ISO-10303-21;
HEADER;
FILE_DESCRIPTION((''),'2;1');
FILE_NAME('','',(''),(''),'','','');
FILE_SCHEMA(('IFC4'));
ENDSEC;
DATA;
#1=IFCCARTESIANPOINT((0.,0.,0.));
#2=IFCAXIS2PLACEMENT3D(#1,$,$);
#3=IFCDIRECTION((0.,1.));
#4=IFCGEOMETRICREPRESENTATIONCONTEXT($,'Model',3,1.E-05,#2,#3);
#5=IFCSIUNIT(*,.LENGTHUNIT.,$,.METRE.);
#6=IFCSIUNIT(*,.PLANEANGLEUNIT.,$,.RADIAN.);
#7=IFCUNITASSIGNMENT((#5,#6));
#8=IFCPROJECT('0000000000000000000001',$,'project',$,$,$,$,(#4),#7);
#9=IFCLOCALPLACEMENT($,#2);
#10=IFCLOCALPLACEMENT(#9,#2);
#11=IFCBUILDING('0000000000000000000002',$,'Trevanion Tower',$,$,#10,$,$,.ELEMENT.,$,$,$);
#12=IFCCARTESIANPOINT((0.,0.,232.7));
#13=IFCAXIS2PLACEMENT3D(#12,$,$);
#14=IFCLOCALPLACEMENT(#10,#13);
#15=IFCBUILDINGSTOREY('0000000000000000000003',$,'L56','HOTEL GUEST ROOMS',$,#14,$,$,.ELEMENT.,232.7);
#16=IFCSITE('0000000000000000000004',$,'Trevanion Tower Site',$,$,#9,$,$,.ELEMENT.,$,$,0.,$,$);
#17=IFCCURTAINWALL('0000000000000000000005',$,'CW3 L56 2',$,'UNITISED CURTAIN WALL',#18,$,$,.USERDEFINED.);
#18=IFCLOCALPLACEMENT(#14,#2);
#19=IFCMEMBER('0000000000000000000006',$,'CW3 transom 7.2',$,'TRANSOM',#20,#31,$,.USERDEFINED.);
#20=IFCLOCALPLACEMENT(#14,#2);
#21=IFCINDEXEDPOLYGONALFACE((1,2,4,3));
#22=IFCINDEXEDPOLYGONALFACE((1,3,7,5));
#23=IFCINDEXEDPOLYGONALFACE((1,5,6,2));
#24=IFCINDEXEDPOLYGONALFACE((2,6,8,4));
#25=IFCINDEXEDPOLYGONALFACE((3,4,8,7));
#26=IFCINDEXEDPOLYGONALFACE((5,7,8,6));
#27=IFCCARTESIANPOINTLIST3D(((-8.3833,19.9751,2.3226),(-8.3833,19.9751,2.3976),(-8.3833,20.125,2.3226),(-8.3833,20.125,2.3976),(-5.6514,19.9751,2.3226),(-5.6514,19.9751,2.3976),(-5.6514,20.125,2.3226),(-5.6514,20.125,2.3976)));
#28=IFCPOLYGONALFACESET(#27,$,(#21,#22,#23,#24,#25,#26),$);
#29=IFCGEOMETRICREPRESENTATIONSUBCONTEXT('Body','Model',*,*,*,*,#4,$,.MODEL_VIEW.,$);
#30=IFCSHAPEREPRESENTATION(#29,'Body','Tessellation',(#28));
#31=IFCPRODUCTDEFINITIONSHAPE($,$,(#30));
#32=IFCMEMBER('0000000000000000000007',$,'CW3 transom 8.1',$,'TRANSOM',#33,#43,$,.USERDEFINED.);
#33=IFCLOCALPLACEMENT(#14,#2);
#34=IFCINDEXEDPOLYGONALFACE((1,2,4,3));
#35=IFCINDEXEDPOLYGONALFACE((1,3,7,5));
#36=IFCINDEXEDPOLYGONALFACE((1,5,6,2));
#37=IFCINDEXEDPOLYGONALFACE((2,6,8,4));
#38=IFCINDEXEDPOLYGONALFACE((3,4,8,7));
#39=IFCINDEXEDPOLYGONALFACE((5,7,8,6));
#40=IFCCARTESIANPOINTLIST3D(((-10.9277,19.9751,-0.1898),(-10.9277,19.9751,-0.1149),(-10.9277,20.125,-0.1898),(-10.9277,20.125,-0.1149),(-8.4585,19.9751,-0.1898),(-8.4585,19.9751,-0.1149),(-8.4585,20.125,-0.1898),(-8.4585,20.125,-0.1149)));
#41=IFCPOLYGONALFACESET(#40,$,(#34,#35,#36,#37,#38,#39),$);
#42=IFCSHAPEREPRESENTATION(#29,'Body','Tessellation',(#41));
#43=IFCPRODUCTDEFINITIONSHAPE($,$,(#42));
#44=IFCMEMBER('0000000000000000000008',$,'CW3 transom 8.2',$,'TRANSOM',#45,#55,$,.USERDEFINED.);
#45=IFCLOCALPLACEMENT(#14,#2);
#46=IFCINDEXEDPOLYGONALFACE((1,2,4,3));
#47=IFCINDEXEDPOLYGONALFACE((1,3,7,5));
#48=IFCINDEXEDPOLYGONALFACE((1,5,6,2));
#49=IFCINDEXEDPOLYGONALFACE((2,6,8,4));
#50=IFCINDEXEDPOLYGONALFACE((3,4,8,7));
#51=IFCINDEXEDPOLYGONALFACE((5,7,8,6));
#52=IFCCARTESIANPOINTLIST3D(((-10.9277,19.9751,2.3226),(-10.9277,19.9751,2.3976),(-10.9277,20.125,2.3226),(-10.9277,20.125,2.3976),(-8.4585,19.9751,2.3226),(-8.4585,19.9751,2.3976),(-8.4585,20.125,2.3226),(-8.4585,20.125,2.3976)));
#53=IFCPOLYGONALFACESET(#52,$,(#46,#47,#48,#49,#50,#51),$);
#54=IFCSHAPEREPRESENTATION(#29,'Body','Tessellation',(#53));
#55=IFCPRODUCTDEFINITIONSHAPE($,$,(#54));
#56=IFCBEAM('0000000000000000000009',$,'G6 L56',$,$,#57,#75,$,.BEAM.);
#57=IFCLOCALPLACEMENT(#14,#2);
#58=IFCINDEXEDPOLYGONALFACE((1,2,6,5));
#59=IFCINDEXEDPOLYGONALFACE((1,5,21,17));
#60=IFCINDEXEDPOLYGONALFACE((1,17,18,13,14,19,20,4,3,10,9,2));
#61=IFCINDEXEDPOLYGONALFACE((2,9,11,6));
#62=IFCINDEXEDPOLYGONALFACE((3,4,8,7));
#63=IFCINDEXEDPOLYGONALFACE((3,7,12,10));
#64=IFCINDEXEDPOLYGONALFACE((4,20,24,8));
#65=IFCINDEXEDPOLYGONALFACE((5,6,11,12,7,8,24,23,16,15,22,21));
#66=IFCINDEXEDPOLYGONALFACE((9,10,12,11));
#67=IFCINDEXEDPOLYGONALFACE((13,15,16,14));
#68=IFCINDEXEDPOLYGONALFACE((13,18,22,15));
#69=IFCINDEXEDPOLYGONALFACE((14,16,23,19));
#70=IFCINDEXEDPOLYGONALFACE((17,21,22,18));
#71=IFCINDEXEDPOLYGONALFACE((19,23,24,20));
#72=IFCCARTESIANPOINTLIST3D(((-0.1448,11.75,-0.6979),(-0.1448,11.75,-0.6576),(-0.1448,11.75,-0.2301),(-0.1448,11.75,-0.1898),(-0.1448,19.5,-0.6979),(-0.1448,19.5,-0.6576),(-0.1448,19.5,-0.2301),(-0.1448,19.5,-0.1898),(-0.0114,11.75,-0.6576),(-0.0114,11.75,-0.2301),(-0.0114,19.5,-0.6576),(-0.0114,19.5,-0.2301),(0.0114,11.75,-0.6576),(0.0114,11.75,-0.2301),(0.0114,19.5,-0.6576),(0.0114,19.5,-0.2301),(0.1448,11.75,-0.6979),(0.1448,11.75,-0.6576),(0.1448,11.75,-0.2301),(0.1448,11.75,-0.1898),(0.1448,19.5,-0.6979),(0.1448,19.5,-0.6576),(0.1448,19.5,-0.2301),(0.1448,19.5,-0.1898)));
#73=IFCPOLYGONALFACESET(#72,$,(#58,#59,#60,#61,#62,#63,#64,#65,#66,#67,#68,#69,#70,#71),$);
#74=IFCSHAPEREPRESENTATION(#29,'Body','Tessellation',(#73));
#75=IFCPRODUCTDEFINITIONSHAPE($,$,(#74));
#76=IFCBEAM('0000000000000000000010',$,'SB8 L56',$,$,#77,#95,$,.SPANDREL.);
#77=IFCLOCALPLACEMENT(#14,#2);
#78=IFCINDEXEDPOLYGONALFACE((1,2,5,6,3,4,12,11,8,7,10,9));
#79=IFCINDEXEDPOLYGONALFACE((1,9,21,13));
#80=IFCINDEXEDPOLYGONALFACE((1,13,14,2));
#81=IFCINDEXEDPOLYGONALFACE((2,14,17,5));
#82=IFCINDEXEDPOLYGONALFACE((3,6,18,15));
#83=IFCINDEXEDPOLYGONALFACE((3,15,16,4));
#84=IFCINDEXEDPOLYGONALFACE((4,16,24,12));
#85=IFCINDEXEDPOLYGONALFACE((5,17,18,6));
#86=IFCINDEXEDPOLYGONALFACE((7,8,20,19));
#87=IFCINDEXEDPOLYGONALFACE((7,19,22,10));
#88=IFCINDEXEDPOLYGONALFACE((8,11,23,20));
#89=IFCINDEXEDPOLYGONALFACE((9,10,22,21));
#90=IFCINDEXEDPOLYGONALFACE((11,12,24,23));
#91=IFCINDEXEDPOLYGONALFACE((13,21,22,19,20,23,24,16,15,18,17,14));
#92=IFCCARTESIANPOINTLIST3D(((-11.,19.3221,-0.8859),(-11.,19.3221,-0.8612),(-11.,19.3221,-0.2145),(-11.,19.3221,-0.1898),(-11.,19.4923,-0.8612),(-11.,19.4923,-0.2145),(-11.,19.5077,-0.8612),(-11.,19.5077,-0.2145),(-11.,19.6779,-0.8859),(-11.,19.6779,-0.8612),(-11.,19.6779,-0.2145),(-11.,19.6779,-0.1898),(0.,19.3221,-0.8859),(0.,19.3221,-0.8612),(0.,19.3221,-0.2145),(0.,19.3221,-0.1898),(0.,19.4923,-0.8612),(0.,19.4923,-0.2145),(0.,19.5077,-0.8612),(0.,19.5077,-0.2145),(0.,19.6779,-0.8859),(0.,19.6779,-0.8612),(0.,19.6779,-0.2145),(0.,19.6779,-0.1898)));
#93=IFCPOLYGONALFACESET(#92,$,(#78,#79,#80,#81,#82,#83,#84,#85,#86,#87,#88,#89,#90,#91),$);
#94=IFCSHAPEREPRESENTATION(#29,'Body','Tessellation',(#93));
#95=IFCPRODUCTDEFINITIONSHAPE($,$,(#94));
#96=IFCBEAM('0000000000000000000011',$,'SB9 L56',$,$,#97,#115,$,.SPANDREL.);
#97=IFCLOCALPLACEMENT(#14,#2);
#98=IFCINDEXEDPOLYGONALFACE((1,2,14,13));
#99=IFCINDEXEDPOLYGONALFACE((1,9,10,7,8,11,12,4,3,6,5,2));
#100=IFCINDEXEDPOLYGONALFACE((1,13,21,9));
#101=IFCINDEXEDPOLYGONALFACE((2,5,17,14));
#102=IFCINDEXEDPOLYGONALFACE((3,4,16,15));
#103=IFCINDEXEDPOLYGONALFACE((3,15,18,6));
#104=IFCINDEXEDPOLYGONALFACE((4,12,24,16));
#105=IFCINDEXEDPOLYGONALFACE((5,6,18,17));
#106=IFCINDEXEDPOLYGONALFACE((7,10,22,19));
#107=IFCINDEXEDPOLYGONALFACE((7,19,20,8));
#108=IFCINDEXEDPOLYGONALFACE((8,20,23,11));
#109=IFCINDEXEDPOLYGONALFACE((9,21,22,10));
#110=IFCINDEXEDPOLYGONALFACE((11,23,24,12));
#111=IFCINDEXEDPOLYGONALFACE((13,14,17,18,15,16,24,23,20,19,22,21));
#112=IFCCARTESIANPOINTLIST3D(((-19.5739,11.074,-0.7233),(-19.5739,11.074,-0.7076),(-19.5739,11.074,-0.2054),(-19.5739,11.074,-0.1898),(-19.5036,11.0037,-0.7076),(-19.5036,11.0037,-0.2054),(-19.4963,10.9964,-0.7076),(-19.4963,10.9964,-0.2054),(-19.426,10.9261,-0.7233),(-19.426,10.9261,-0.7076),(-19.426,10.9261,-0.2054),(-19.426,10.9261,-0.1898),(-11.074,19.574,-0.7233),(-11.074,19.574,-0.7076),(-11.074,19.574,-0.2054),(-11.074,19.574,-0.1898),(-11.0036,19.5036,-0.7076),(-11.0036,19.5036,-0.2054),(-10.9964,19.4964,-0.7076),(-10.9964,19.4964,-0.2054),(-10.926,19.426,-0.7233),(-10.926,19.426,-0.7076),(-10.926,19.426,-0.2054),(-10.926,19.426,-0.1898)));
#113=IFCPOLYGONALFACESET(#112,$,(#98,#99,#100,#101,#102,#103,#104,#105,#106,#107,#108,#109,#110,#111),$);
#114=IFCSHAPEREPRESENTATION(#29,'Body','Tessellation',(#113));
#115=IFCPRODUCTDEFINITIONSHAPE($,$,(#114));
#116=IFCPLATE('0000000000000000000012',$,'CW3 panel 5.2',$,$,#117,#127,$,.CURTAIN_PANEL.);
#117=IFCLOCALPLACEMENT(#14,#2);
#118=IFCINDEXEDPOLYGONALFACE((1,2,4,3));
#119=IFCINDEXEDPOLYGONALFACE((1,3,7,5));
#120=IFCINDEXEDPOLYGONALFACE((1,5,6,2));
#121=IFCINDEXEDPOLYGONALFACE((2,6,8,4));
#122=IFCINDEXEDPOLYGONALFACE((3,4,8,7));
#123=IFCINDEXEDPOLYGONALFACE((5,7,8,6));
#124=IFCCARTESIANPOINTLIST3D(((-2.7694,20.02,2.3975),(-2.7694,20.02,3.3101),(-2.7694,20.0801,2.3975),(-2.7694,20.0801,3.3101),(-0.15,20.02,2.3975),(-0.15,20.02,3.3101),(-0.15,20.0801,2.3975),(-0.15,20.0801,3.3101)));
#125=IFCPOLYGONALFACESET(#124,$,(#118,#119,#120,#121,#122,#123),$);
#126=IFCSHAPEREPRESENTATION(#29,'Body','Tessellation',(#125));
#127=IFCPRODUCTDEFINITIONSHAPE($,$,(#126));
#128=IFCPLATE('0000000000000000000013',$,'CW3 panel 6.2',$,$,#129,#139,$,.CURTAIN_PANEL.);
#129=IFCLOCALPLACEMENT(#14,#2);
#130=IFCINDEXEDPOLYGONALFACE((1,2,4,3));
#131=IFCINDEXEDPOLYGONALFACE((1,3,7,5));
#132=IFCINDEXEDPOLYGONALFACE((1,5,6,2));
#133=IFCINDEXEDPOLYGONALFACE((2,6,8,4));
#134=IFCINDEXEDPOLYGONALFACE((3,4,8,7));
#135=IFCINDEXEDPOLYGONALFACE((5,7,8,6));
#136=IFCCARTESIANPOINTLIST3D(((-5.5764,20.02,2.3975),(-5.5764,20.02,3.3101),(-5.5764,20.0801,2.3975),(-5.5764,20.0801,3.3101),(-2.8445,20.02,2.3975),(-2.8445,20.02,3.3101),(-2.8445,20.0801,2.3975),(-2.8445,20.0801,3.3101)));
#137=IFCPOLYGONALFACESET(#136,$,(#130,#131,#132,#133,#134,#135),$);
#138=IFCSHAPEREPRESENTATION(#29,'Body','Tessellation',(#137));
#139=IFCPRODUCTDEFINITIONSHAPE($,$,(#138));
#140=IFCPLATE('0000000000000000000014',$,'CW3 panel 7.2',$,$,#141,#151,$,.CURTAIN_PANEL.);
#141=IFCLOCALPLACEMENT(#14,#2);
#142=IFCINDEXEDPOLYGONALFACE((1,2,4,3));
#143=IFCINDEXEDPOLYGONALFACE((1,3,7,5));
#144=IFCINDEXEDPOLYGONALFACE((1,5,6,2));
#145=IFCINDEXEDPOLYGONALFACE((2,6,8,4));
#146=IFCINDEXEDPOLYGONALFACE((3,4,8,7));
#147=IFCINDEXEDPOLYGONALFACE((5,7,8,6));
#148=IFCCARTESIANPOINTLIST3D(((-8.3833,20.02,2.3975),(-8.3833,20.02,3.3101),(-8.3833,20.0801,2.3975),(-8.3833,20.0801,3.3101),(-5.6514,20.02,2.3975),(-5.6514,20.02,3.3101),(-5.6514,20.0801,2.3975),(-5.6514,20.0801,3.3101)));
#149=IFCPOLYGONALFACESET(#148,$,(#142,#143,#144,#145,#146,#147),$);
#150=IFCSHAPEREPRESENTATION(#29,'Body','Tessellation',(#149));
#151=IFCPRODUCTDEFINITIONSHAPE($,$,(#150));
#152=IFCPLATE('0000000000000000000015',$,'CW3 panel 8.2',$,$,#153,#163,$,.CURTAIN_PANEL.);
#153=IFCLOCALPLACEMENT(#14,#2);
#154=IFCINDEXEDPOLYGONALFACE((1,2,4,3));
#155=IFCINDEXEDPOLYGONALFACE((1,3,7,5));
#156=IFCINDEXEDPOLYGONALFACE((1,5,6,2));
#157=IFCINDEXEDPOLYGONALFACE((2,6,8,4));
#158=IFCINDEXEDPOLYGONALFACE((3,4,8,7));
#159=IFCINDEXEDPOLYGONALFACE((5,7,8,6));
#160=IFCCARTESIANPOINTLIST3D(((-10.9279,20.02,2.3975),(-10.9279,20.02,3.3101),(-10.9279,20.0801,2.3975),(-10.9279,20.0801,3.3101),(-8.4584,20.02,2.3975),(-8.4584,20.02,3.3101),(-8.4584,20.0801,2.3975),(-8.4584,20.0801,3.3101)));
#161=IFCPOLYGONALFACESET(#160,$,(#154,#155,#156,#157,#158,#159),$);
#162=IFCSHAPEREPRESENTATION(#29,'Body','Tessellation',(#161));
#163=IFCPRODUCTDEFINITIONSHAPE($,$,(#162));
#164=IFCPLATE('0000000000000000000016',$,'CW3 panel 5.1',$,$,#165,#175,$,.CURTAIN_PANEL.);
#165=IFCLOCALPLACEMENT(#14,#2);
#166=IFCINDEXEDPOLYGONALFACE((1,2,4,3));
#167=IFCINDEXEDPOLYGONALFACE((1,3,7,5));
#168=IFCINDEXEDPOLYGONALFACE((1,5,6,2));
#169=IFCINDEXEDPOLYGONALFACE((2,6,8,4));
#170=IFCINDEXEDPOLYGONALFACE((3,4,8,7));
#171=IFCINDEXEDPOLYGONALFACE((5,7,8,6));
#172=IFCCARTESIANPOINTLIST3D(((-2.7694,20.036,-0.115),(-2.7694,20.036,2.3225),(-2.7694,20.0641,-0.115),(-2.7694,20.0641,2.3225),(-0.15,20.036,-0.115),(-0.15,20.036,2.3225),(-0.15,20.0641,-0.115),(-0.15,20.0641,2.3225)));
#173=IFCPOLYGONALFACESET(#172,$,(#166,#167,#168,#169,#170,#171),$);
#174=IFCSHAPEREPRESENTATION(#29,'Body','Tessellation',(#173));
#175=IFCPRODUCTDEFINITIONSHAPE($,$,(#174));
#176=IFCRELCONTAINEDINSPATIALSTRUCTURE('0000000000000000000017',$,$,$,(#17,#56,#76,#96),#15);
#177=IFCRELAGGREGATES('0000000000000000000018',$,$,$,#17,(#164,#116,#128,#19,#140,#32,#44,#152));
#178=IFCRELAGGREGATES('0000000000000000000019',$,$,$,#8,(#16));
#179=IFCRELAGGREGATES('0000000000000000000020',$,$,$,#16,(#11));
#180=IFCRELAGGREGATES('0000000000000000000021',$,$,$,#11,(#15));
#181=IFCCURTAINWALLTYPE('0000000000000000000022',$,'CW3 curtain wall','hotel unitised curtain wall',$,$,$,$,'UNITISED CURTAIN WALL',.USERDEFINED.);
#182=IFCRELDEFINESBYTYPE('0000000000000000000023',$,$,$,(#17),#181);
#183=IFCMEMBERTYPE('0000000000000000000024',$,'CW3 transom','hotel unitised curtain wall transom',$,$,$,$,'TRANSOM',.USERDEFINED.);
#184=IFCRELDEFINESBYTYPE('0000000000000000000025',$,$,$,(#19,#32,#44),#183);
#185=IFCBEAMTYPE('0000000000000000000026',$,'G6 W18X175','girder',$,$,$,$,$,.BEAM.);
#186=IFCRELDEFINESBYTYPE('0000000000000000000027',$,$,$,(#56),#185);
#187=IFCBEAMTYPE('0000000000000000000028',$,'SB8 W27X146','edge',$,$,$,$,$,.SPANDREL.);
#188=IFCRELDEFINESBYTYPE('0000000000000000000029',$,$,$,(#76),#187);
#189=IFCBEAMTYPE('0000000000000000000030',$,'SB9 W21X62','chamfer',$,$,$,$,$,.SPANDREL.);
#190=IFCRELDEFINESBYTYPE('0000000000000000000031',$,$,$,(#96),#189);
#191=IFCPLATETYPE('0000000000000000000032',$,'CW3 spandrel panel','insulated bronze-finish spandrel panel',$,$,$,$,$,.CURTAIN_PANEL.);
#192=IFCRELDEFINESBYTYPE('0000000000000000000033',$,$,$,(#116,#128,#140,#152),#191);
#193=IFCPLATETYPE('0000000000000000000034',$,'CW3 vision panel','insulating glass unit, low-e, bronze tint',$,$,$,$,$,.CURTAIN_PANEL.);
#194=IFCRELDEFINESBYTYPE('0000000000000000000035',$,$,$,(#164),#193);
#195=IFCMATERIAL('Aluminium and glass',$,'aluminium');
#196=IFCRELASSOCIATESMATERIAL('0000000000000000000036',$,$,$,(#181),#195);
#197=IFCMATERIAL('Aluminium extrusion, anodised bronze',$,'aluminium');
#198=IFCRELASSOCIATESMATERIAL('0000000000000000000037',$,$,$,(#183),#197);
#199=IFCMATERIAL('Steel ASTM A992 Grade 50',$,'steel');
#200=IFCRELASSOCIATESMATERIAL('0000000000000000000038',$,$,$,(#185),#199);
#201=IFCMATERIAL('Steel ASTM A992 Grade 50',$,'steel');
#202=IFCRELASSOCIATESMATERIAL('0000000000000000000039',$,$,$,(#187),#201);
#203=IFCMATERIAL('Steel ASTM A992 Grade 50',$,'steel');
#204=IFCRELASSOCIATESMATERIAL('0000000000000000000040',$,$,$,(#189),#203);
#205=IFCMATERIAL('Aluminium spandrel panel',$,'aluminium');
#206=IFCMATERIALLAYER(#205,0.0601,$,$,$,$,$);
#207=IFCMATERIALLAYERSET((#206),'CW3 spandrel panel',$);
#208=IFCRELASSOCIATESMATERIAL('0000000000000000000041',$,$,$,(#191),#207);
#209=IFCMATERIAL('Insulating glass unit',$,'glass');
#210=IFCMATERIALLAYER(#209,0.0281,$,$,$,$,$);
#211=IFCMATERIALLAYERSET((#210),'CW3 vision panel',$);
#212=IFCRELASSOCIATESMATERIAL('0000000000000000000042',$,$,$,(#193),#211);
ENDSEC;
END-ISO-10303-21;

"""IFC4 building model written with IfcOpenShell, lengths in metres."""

from ifc_helpers import new_model, si_unit, direction, frame, origin, origin_2d, place, context, subcontext, project, spatial, rectangle, i_section, extrude, material, layer, layer_set, material_profile, profile_set, type_object, element, aggregate, save


model = new_model("IFC4")

# Units and contexts
model_context = context("Model", 3, precision=1e-05, world=origin(), true_north=direction((0.0, 1.0)))
body_context = subcontext(model_context, "Body", "Model", "MODEL_VIEW")
ifc_project = project(units=[si_unit("LENGTHUNIT", "METRE"), si_unit("PLANEANGLEUNIT", "RADIAN")], contexts=[model_context])

# Site, building, storey
site_placement = place(None, origin())
site = spatial("IfcSite", under=ifc_project, at=site_placement, Name="Trevanion Tower Site", CompositionType="ELEMENT", RefElevation=0.0)
building_placement = place(site_placement, origin())
building = spatial("IfcBuilding", under=site, at=building_placement, Name="Trevanion Tower", CompositionType="ELEMENT")
storey_placement = place(building_placement, frame((0.0, 0.0, 232.7)))
storey = spatial("IfcBuildingStorey", under=building, at=storey_placement, Name="L56", Description="HOTEL GUEST ROOMS", CompositionType="ELEMENT", Elevation=232.7)

# Curtain wall, members
ifc_material_1 = material(Name="Aluminium and glass", Category="aluminium")
curtain_wall_type = type_object("IfcCurtainWallType", Name="CW3 curtain wall", Description="hotel unitised curtain wall", ElementType="UNITISED CURTAIN WALL", PredefinedType="USERDEFINED", material=ifc_material_1)
curtain_wall_placement = place(storey_placement, origin())
curtain_wall = element("IfcCurtainWall", 1, at=curtain_wall_placement, inside=storey, type_object=curtain_wall_type, Name="CW3 L56 2", ObjectType="UNITISED CURTAIN WALL", PredefinedType="USERDEFINED")
ifc_material_2 = material(Name="Aluminium extrusion, anodised bronze", Category="aluminium")
ifc_material_profile_1 = material_profile(ifc_material_2, rectangle(XDim=0.1499, YDim=0.075, at=origin_2d()), Name="CW3 transom")
ifc_profile_set_1 = profile_set([ifc_material_profile_1], Name="Aluminium extrusion, anodised bronze")
member_type_1 = type_object("IfcMemberType", Name="CW3 transom", Description="hotel unitised curtain wall transom", ElementType="TRANSOM", PredefinedType="USERDEFINED", material=ifc_profile_set_1)
member_1_placement = place(storey_placement, frame((-5.6514, 20.05, 2.3601), z_axis=(-1.0, 0.0, 0.0), x_axis=(0.0, -1.0, 0.0)))
member_1 = element("IfcMember", 2, at=member_1_placement, type_object=member_type_1, Name="CW3 transom 7.2", ObjectType="TRANSOM", PredefinedType="USERDEFINED", context=body_context, shape_type="SweptSolid", body=[
    extrude(rectangle(XDim=0.1499, YDim=0.075, at=origin_2d()), origin(), (0.0, 0.0, 1.0), 2.7319),
])
member_2_placement = place(storey_placement, frame((-8.4585, 20.05, -0.1523), z_axis=(-1.0, 0.0, 0.0), x_axis=(0.0, -1.0, 0.0)))
member_2 = element("IfcMember", 3, at=member_2_placement, type_object=member_type_1, Name="CW3 transom 8.1", ObjectType="TRANSOM", PredefinedType="USERDEFINED", context=body_context, shape_type="SweptSolid", body=[
    extrude(rectangle(XDim=0.1499, YDim=0.075, at=origin_2d()), origin(), (0.0, 0.0, 1.0), 2.4692),
])
member_3_placement = place(storey_placement, frame((-8.4585, 20.05, 2.3601), z_axis=(-1.0, 0.0, 0.0), x_axis=(0.0, -1.0, 0.0)))
member_3 = element("IfcMember", 4, at=member_3_placement, type_object=member_type_1, Name="CW3 transom 8.2", ObjectType="TRANSOM", PredefinedType="USERDEFINED", context=body_context, shape_type="SweptSolid", body=[
    extrude(rectangle(XDim=0.1499, YDim=0.075, at=origin_2d()), origin(), (0.0, 0.0, 1.0), 2.4692),
])

# Beams
ifc_material_3 = material(Name="Steel ASTM A992 Grade 50", Category="steel")
ifc_material_profile_2 = material_profile(ifc_material_3, i_section(OverallWidth=0.2896, OverallDepth=0.5081, WebThickness=0.0227, FlangeThickness=0.0403, at=origin_2d()), Name="W18X175")
ifc_profile_set_2 = profile_set([ifc_material_profile_2], Name="Steel ASTM A992 Grade 50")
beam_type_1 = type_object("IfcBeamType", Name="G6 W18X175", Description="girder", PredefinedType="BEAM", material=ifc_profile_set_2)
beam_1_placement = place(storey_placement, frame((0.0, 11.75, -0.4438), z_axis=(0.0, 1.0, 0.0), x_axis=(-1.0, 0.0, 0.0)))
element("IfcBeam", 5, at=beam_1_placement, inside=storey, type_object=beam_type_1, Name="G6 L56", PredefinedType="BEAM", context=body_context, shape_type="SweptSolid", body=[
    extrude(i_section(OverallWidth=0.2896, OverallDepth=0.5081, WebThickness=0.0227, FlangeThickness=0.0403, at=origin_2d()), origin(), (0.0, 0.0, 1.0), 7.75),
])
ifc_material_4 = material(Name="Steel ASTM A992 Grade 50", Category="steel")
ifc_material_profile_3 = material_profile(ifc_material_4, i_section(OverallWidth=0.3557, OverallDepth=0.696, WebThickness=0.0154, FlangeThickness=0.0247, at=origin_2d()), Name="W27X146")
ifc_profile_set_3 = profile_set([ifc_material_profile_3], Name="Steel ASTM A992 Grade 50")
beam_type_2 = type_object("IfcBeamType", Name="SB8 W27X146", Description="edge", PredefinedType="SPANDREL", material=ifc_profile_set_3)
beam_2_placement = place(storey_placement, frame((0.0, 19.5, -0.5378), z_axis=(-1.0, 0.0, 0.0), x_axis=(0.0, -1.0, 0.0)))
element("IfcBeam", 6, at=beam_2_placement, inside=storey, type_object=beam_type_2, Name="SB8 L56", PredefinedType="SPANDREL", context=body_context, shape_type="SweptSolid", body=[
    extrude(i_section(OverallWidth=0.3557, OverallDepth=0.696, WebThickness=0.0154, FlangeThickness=0.0247, at=origin_2d()), origin(), (0.0, 0.0, 1.0), 11.0),
])
ifc_material_5 = material(Name="Steel ASTM A992 Grade 50", Category="steel")
ifc_material_profile_4 = material_profile(ifc_material_5, i_section(OverallWidth=0.2092, OverallDepth=0.5334, WebThickness=0.0103, FlangeThickness=0.0156, at=origin_2d()), Name="W21X62")
ifc_profile_set_4 = profile_set([ifc_material_profile_4], Name="Steel ASTM A992 Grade 50")
beam_type_3 = type_object("IfcBeamType", Name="SB9 W21X62", Description="chamfer", PredefinedType="SPANDREL", material=ifc_profile_set_4)
beam_3_placement = place(storey_placement, frame((-11.0, 19.5, -0.4565), z_axis=(-0.707107, -0.707107, 0.0), x_axis=(0.707107, -0.707107, 0.0)))
element("IfcBeam", 7, at=beam_3_placement, inside=storey, type_object=beam_type_3, Name="SB9 L56", PredefinedType="SPANDREL", context=body_context, shape_type="SweptSolid", body=[
    extrude(i_section(OverallWidth=0.2092, OverallDepth=0.5334, WebThickness=0.0103, FlangeThickness=0.0156, at=origin_2d()), origin(), (0.0, 0.0, 1.0), 12.0208),
])

# Plates
ifc_material_6 = material(Name="Aluminium spandrel panel", Category="aluminium")
ifc_layer_1 = layer(ifc_material_6, 0.0601)
ifc_layer_set_1 = layer_set([ifc_layer_1], Name="CW3 spandrel panel")
plate_type_1 = type_object("IfcPlateType", Name="CW3 spandrel panel", Description="insulated bronze-finish spandrel panel", PredefinedType="CURTAIN_PANEL", material=ifc_layer_set_1)
plate_1_placement = place(storey_placement, frame((-1.4597, 20.05, 2.3975), z_axis=(0.0, 0.0, 1.0), x_axis=(-1.0, 0.0, 0.0)))
plate_1 = element("IfcPlate", 8, at=plate_1_placement, type_object=plate_type_1, Name="CW3 panel 5.2", PredefinedType="CURTAIN_PANEL", context=body_context, shape_type="SweptSolid", body=[
    extrude(rectangle(XDim=2.6194, YDim=0.0601, at=origin_2d()), origin(), (0.0, 0.0, 1.0), 0.9126),
])
plate_2_placement = place(storey_placement, frame((-4.2104, 20.05, 2.3975), z_axis=(0.0, 0.0, 1.0), x_axis=(-1.0, 0.0, 0.0)))
plate_2 = element("IfcPlate", 9, at=plate_2_placement, type_object=plate_type_1, Name="CW3 panel 6.2", PredefinedType="CURTAIN_PANEL", context=body_context, shape_type="SweptSolid", body=[
    extrude(rectangle(XDim=2.7319, YDim=0.0601, at=origin_2d()), origin(), (0.0, 0.0, 1.0), 0.9126),
])
plate_3_placement = place(storey_placement, frame((-7.0173, 20.05, 2.3975), z_axis=(0.0, 0.0, 1.0), x_axis=(-1.0, 0.0, 0.0)))
plate_3 = element("IfcPlate", 10, at=plate_3_placement, type_object=plate_type_1, Name="CW3 panel 7.2", PredefinedType="CURTAIN_PANEL", context=body_context, shape_type="SweptSolid", body=[
    extrude(rectangle(XDim=2.7319, YDim=0.0601, at=origin_2d()), origin(), (0.0, 0.0, 1.0), 0.9126),
])
plate_4_placement = place(storey_placement, frame((-9.6931, 20.05, 2.3975), z_axis=(0.0, 0.0, 1.0), x_axis=(-1.0, 0.0, 0.0)))
plate_4 = element("IfcPlate", 11, at=plate_4_placement, type_object=plate_type_1, Name="CW3 panel 8.2", PredefinedType="CURTAIN_PANEL", context=body_context, shape_type="SweptSolid", body=[
    extrude(rectangle(XDim=2.4695, YDim=0.0601, at=origin_2d()), origin(), (0.0, 0.0, 1.0), 0.9126),
])
ifc_material_7 = material(Name="Insulating glass unit", Category="glass")
ifc_layer_2 = layer(ifc_material_7, 0.0281)
ifc_layer_set_2 = layer_set([ifc_layer_2], Name="CW3 vision panel")
plate_type_2 = type_object("IfcPlateType", Name="CW3 vision panel", Description="insulating glass unit, low-e, bronze tint", PredefinedType="CURTAIN_PANEL", material=ifc_layer_set_2)
plate_5_placement = place(storey_placement, frame((-1.4597, 20.05, -0.115), z_axis=(0.0, 0.0, 1.0), x_axis=(-1.0, 0.0, 0.0)))
plate_5 = element("IfcPlate", 12, at=plate_5_placement, type_object=plate_type_2, Name="CW3 panel 5.1", PredefinedType="CURTAIN_PANEL", context=body_context, shape_type="SweptSolid", body=[
    extrude(rectangle(XDim=2.6194, YDim=0.0281, at=origin_2d()), origin(), (0.0, 0.0, 1.0), 2.4375),
])
aggregate(curtain_wall, [plate_5, plate_1, plate_2, member_1, plate_3, member_2, member_3, plate_4])

save(model, "model.ifc")
